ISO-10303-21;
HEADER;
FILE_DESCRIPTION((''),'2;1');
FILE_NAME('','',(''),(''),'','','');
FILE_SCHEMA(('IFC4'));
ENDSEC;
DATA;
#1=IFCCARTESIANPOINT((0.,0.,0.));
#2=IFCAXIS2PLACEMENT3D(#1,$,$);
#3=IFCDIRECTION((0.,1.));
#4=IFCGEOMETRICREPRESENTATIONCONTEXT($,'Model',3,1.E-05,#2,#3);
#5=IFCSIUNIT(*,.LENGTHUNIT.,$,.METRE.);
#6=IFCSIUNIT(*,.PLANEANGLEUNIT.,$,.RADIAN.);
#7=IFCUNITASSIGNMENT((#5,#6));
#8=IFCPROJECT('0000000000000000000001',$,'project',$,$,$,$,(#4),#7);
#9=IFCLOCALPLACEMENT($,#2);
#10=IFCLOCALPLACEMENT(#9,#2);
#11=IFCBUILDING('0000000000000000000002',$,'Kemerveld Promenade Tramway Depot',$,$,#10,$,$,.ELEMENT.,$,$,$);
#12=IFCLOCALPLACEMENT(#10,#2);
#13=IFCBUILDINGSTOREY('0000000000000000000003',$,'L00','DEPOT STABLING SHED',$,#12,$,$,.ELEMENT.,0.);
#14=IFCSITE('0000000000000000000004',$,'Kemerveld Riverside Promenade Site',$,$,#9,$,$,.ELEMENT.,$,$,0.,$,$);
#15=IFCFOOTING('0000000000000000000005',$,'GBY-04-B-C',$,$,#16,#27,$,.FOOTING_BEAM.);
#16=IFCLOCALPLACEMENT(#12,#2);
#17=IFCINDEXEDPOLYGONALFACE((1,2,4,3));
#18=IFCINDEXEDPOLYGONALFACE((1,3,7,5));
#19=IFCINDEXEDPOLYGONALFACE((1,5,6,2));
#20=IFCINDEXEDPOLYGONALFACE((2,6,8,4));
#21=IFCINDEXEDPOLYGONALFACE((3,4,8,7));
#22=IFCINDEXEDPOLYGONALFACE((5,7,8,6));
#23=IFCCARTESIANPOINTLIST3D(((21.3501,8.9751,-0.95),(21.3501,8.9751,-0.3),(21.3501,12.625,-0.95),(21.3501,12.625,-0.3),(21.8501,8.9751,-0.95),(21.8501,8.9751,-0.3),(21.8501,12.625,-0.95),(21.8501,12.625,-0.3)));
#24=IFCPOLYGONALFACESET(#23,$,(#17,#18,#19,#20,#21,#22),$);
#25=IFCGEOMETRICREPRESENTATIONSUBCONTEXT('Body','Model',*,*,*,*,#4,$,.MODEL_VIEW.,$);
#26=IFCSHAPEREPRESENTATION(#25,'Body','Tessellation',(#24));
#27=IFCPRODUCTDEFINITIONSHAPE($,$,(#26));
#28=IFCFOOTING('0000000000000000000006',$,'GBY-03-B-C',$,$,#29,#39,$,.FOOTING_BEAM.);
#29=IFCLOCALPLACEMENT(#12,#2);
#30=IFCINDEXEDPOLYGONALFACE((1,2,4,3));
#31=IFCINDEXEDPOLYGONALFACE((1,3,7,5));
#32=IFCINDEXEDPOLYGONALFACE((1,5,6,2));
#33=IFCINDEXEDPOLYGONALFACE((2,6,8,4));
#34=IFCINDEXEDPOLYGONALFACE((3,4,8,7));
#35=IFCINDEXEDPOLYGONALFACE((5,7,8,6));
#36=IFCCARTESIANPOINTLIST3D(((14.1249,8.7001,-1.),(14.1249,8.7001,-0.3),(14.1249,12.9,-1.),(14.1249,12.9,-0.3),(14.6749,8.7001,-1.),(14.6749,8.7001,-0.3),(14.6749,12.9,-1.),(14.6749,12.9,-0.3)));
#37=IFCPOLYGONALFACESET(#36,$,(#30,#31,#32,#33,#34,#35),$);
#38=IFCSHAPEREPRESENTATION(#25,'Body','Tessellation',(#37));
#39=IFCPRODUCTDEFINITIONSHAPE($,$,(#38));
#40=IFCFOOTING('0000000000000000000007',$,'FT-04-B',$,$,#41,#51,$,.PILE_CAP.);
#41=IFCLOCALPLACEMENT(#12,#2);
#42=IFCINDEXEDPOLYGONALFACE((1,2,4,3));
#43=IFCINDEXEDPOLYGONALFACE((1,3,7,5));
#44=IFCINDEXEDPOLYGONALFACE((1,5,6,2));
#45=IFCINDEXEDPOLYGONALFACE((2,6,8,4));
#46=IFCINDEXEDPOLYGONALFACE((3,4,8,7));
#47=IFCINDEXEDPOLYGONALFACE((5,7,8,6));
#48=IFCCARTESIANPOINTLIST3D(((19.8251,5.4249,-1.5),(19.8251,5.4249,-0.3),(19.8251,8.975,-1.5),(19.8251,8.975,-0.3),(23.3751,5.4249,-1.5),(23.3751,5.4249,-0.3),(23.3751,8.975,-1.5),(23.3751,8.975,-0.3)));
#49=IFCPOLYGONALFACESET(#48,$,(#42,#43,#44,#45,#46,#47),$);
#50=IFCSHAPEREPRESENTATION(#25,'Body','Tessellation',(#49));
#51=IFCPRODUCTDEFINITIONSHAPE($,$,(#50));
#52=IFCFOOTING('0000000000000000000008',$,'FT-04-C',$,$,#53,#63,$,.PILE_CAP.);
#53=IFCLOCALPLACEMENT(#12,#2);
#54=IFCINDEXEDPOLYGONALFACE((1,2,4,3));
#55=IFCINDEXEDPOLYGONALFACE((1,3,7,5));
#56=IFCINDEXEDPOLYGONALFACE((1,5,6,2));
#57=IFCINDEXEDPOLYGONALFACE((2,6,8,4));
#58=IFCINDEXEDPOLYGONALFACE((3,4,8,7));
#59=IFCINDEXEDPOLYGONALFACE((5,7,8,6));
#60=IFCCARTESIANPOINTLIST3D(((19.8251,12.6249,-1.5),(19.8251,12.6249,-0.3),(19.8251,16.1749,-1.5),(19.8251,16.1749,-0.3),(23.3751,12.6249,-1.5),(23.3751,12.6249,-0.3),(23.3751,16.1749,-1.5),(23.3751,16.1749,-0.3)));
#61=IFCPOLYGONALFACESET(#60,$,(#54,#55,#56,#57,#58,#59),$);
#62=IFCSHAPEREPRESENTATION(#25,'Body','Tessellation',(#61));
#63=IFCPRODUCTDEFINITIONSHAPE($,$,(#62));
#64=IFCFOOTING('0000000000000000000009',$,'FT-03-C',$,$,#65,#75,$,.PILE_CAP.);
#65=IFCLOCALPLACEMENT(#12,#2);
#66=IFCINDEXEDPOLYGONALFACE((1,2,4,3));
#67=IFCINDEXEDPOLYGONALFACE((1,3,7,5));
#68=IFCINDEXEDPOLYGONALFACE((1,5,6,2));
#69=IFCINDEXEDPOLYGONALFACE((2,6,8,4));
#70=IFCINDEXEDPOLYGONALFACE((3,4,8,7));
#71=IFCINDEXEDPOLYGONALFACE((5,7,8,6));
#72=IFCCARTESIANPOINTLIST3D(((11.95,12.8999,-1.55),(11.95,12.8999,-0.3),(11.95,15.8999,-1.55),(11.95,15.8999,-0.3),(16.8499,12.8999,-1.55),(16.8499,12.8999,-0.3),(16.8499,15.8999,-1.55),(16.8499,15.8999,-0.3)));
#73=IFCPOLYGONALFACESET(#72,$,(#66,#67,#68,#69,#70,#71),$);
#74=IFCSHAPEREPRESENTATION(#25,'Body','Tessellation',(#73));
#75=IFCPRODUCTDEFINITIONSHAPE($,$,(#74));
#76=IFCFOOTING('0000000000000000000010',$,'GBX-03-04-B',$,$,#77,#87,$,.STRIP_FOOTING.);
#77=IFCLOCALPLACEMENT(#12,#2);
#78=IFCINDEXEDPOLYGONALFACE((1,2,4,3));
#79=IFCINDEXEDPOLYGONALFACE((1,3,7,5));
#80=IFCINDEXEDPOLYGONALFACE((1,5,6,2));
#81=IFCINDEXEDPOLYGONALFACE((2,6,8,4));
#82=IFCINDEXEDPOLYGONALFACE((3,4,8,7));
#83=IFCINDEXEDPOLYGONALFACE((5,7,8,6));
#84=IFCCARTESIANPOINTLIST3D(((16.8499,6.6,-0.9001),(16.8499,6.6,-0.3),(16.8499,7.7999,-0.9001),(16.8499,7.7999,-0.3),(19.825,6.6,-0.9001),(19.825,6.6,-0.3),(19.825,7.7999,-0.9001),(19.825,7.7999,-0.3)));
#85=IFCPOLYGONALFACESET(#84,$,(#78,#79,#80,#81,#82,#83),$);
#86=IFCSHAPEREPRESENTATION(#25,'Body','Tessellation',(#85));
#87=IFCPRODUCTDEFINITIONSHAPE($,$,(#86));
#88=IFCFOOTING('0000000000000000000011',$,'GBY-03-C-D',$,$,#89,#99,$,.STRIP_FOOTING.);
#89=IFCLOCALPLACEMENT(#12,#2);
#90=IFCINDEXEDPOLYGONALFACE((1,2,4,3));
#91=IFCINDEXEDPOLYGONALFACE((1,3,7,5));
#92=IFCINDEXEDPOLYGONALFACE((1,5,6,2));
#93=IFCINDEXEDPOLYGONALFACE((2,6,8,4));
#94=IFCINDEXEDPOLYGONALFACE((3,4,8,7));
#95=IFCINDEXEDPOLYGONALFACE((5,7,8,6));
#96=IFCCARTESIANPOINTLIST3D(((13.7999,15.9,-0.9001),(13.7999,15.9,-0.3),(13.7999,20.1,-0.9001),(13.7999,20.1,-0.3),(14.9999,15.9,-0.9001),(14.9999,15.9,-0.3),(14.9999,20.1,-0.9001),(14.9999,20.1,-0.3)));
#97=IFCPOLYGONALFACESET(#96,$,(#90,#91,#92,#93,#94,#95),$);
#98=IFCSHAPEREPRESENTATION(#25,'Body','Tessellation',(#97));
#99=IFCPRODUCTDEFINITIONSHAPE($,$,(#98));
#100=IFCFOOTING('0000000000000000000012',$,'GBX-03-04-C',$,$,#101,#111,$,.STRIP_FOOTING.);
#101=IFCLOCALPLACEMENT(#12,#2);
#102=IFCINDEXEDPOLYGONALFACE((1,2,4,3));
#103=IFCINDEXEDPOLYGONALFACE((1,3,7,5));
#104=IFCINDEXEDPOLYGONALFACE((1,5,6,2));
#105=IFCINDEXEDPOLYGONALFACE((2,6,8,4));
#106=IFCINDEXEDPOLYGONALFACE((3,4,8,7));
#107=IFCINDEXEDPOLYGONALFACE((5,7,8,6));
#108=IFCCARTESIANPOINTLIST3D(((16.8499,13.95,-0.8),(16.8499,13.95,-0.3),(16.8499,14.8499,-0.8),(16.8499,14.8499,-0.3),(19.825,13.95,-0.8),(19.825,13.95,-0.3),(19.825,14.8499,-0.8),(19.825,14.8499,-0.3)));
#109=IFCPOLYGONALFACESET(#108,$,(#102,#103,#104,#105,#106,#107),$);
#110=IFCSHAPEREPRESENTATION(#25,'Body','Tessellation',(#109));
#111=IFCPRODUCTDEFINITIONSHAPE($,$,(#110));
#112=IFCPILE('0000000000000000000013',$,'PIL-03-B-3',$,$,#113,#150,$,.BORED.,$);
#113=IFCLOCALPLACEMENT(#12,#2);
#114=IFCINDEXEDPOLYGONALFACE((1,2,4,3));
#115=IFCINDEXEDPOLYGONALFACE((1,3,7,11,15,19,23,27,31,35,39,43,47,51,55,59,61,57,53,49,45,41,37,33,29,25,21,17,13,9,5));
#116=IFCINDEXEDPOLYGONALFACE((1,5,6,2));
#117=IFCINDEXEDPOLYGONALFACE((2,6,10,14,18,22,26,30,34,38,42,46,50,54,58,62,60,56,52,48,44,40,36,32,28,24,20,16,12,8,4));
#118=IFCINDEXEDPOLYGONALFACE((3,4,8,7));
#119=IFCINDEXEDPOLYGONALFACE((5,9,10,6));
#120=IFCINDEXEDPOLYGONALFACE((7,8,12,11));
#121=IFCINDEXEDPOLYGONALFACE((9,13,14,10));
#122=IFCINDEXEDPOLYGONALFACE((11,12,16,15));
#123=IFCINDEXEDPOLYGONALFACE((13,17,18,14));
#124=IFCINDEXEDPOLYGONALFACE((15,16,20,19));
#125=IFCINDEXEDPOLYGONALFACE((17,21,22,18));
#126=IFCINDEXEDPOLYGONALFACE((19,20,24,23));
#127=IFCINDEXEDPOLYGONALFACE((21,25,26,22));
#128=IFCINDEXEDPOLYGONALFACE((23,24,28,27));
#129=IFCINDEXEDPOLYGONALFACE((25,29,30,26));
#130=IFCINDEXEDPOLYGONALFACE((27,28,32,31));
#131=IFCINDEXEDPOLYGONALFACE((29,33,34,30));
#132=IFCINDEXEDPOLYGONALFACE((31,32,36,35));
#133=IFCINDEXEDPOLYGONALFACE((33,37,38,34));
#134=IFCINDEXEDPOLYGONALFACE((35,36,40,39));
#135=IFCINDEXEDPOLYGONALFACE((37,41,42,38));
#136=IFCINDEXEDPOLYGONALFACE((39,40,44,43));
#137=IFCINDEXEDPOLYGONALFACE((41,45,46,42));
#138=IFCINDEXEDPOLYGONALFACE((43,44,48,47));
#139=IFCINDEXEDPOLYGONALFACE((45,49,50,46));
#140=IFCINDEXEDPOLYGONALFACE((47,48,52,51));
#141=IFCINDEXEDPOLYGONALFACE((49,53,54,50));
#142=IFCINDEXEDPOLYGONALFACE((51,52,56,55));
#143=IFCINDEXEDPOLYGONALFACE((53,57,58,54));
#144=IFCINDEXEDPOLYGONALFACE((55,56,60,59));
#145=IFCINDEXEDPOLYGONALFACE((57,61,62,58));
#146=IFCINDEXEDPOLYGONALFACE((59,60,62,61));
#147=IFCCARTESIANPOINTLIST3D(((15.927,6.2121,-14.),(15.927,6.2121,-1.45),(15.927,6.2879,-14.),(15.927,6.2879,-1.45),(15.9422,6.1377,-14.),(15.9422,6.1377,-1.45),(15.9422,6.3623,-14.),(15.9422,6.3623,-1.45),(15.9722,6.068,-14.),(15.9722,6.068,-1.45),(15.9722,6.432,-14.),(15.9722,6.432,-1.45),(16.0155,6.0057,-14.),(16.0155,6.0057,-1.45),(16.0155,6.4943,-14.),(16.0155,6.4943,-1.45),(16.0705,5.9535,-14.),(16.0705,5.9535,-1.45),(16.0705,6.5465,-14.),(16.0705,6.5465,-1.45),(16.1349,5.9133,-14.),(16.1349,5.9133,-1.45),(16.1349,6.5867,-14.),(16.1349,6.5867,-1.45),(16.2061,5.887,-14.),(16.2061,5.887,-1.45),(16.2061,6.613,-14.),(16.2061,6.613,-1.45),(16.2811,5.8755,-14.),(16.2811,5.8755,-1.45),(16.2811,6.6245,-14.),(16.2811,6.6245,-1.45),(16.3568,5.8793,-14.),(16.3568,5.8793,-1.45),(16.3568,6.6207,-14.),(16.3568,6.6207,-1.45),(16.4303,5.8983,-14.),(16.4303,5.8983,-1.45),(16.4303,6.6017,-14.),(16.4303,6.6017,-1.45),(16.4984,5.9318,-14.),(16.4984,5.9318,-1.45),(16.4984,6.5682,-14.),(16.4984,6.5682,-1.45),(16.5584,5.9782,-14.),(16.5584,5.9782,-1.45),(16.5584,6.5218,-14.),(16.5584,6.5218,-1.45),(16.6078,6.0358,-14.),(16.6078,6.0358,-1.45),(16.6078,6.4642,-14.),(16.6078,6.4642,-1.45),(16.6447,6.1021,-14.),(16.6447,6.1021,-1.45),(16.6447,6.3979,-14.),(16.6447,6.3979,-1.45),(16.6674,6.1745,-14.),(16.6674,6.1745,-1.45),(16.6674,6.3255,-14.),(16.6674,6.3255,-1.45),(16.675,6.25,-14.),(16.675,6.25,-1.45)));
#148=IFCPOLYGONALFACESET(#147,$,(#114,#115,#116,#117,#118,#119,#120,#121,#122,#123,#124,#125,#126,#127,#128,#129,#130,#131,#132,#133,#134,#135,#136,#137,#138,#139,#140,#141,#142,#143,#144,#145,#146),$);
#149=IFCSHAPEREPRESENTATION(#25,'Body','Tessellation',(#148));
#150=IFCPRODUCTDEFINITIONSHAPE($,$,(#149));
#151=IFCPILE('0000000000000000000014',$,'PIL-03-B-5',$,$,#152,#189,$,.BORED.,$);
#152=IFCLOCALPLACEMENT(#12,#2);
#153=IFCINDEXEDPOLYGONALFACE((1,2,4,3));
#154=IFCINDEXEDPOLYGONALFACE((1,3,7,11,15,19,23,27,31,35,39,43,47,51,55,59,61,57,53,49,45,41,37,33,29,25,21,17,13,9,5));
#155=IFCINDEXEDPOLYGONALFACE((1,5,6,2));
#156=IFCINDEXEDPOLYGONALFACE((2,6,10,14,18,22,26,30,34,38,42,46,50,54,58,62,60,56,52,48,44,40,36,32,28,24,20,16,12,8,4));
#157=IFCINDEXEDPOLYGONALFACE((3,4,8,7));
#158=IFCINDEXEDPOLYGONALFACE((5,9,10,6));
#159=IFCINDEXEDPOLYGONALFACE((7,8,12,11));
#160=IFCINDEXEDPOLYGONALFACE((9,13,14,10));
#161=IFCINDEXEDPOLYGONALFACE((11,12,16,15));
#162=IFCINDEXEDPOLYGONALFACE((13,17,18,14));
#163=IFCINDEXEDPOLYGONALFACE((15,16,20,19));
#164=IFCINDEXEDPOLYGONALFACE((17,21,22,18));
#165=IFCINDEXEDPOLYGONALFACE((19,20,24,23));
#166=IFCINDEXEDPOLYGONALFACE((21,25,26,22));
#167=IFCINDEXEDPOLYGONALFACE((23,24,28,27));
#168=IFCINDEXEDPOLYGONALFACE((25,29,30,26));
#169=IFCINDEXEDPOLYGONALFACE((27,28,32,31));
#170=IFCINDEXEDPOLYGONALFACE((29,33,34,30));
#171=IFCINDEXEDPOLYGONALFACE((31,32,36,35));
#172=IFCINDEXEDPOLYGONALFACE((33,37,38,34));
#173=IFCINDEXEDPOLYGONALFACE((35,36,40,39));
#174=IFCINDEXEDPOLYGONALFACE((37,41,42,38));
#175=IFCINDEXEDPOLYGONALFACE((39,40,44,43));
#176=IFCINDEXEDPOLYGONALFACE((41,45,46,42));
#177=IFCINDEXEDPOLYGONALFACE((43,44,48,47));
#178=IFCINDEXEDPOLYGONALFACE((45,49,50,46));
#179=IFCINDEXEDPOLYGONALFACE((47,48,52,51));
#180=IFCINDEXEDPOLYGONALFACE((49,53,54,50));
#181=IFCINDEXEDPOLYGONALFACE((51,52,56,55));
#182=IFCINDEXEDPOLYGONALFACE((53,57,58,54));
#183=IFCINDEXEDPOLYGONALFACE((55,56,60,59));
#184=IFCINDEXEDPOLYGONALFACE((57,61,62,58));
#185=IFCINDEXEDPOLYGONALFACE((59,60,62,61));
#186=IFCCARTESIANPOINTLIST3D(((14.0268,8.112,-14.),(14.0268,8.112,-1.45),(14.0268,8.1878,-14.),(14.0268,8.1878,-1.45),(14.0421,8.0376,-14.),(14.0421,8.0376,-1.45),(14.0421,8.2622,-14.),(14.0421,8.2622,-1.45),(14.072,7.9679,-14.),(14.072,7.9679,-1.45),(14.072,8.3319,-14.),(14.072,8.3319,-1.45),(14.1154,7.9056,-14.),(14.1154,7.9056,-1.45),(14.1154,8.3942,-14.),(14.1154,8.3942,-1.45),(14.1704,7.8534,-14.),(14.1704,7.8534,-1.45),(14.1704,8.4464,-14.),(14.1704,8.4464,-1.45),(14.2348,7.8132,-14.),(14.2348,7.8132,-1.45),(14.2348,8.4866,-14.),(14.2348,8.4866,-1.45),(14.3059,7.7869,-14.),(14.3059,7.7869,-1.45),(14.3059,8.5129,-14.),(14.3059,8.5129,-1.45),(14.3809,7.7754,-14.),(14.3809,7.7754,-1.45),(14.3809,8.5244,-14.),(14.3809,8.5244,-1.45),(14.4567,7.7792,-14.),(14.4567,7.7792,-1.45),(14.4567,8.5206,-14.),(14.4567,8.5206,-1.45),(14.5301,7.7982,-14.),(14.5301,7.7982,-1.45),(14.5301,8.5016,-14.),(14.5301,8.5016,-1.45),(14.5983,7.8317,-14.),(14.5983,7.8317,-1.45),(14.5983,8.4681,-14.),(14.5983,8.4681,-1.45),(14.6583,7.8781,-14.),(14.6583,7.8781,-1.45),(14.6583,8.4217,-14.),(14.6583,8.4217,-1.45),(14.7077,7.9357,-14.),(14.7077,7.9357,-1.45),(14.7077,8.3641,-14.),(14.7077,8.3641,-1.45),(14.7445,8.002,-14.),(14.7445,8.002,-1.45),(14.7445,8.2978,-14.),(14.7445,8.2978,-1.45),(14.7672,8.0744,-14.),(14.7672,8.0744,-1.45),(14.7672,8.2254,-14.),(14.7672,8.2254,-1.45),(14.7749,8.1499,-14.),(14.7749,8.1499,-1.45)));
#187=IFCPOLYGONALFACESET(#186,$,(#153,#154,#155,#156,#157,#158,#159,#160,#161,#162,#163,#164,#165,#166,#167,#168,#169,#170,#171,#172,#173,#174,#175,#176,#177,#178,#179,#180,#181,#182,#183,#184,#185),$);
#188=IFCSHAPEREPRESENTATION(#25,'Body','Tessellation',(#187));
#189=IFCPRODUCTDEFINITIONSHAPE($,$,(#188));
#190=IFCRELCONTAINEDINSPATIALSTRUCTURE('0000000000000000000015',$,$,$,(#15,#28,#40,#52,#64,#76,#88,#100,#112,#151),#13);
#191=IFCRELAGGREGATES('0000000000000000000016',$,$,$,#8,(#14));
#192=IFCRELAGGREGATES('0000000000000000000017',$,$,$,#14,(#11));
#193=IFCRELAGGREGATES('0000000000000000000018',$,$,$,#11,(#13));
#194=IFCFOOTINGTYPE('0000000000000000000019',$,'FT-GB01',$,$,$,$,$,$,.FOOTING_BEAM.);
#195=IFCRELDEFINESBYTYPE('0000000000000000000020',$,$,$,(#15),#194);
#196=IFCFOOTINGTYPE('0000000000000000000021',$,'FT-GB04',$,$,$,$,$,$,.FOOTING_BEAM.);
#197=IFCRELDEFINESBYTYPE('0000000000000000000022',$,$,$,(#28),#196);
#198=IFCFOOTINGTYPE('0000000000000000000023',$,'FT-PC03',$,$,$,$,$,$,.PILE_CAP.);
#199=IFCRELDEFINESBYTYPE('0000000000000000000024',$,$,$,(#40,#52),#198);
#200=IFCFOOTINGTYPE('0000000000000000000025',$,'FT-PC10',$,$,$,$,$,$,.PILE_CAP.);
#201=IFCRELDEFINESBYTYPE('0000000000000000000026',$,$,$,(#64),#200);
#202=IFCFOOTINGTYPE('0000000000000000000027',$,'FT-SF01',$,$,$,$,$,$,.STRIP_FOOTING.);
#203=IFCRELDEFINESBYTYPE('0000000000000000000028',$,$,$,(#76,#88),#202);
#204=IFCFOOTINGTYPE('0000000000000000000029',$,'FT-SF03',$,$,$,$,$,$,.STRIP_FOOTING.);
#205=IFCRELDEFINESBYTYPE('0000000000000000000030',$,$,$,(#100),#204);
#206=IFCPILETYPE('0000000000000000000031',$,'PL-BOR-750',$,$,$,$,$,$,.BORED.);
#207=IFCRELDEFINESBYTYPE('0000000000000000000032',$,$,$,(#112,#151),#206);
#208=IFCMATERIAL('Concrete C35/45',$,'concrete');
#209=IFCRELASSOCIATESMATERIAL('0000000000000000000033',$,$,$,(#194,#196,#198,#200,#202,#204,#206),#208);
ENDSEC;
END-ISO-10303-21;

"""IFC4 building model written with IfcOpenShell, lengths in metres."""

from ifc_helpers import new_model, si_unit, direction, frame, origin, origin_2d, place, context, subcontext, project, spatial, rectangle, circle, extrude, material, material_profile, profile_set, type_object, element, save


model = new_model("IFC4")

# Units and contexts
model_context = context("Model", 3, precision=1e-05, world=origin(), true_north=direction((0.0, 1.0)))
body_context = subcontext(model_context, "Body", "Model", "MODEL_VIEW")
ifc_project = project(units=[si_unit("LENGTHUNIT", "METRE"), si_unit("PLANEANGLEUNIT", "RADIAN")], contexts=[model_context])

# Site, building, storey
site_placement = place(None, origin())
site = spatial("IfcSite", under=ifc_project, at=site_placement, Name="Kemerveld Riverside Promenade Site", CompositionType="ELEMENT", RefElevation=0.0)
building_placement = place(site_placement, origin())
building = spatial("IfcBuilding", under=site, at=building_placement, Name="Kemerveld Promenade Tramway Depot", CompositionType="ELEMENT")
storey_placement = place(building_placement, origin())
storey = spatial("IfcBuildingStorey", under=building, at=storey_placement, Name="L00", Description="DEPOT STABLING SHED", CompositionType="ELEMENT", Elevation=0.0)

# Footings
ifc_material_1 = material(Name="Concrete C35/45", Category="concrete")
footing_type_1 = type_object("IfcFootingType", Name="FT-GB01", PredefinedType="FOOTING_BEAM", material=ifc_material_1)
footing_1_placement = place(storey_placement, frame((21.6001, 10.8, -0.95), z_axis=(0.0, 0.0, 1.0), x_axis=(0.0, 1.0, 0.0)))
element("IfcFooting", 1, at=footing_1_placement, inside=storey, type_object=footing_type_1, Name="GBY-04-B-C", PredefinedType="FOOTING_BEAM", context=body_context, shape_type="SweptSolid", body=[
    extrude(rectangle(XDim=3.6499, YDim=0.5, at=origin_2d()), origin(), (0.0, 0.0, 1.0), 0.6499),
])
footing_type_2 = type_object("IfcFootingType", Name="FT-GB04", PredefinedType="FOOTING_BEAM", material=ifc_material_1)
footing_2_placement = place(storey_placement, frame((14.3999, 10.8, -1.0), z_axis=(0.0, 0.0, 1.0), x_axis=(0.0, 1.0, 0.0)))
element("IfcFooting", 2, at=footing_2_placement, inside=storey, type_object=footing_type_2, Name="GBY-03-B-C", PredefinedType="FOOTING_BEAM", context=body_context, shape_type="SweptSolid", body=[
    extrude(rectangle(XDim=4.2, YDim=0.55, at=origin_2d()), origin(), (0.0, 0.0, 1.0), 0.7),
])
footing_type_3 = type_object("IfcFootingType", Name="FT-PC03", PredefinedType="PILE_CAP", material=ifc_material_1)
for number, where, z_axis, x_axis, name in (
    (3, (21.6001, 7.2, -1.5), (0.0, 0.0, 1.0), (1.0, 0.0, 0.0), "FT-04-B"),
    (4, (21.6001, 14.3999, -1.5), (0.0, 0.0, 1.0), (1.0, 0.0, 0.0), "FT-04-C"),
):
    element("IfcFooting", number, at=place(storey_placement, frame(where, z_axis=z_axis, x_axis=x_axis)), inside=storey, type_object=footing_type_3, Name=name, PredefinedType="PILE_CAP", context=body_context, shape_type="SweptSolid", body=[
        extrude(rectangle(XDim=3.55, YDim=3.55, at=origin_2d()), origin(), (0.0, 0.0, 1.0), 1.2),
    ])
footing_type_4 = type_object("IfcFootingType", Name="FT-PC10", PredefinedType="PILE_CAP", material=ifc_material_1)
footing_3_placement = place(storey_placement, frame((14.3999, 14.3999, -1.55), z_axis=(0.0, 0.0, 1.0), x_axis=(1.0, 0.0, 0.0)))
element("IfcFooting", 5, at=footing_3_placement, inside=storey, type_object=footing_type_4, Name="FT-03-C", PredefinedType="PILE_CAP", context=body_context, shape_type="SweptSolid", body=[
    extrude(rectangle(XDim=4.8999, YDim=3.0, at=origin_2d()), origin(), (0.0, 0.0, 1.0), 1.25),
])
footing_type_5 = type_object("IfcFootingType", Name="FT-SF01", PredefinedType="STRIP_FOOTING", material=ifc_material_1)
footing_4_placement = place(storey_placement, frame((18.3374, 7.2, -0.9001), z_axis=(0.0, 0.0, 1.0), x_axis=(1.0, 0.0, 0.0)))
element("IfcFooting", 6, at=footing_4_placement, inside=storey, type_object=footing_type_5, Name="GBX-03-04-B", PredefinedType="STRIP_FOOTING", context=body_context, shape_type="SweptSolid", body=[
    extrude(rectangle(XDim=2.9751, YDim=1.2, at=origin_2d()), origin(), (0.0, 0.0, 1.0), 0.6001),
])
footing_5_placement = place(storey_placement, frame((14.3999, 18.0, -0.9001), z_axis=(0.0, 0.0, 1.0), x_axis=(0.0, 1.0, 0.0)))
element("IfcFooting", 7, at=footing_5_placement, inside=storey, type_object=footing_type_5, Name="GBY-03-C-D", PredefinedType="STRIP_FOOTING", context=body_context, shape_type="SweptSolid", body=[
    extrude(rectangle(XDim=4.2, YDim=1.2, at=origin_2d()), origin(), (0.0, 0.0, 1.0), 0.6001),
])
footing_type_6 = type_object("IfcFootingType", Name="FT-SF03", PredefinedType="STRIP_FOOTING", material=ifc_material_1)
footing_6_placement = place(storey_placement, frame((18.3374, 14.3999, -0.8), z_axis=(0.0, 0.0, 1.0), x_axis=(1.0, 0.0, 0.0)))
element("IfcFooting", 8, at=footing_6_placement, inside=storey, type_object=footing_type_6, Name="GBX-03-04-C", PredefinedType="STRIP_FOOTING", context=body_context, shape_type="SweptSolid", body=[
    extrude(rectangle(XDim=2.9751, YDim=0.8999, at=origin_2d()), origin(), (0.0, 0.0, 1.0), 0.5),
])

# Piles
ifc_material_profile_1 = material_profile(ifc_material_1, circle(Radius=0.375, at=origin_2d()), Name="PILE-D750")
ifc_profile_set_1 = profile_set([ifc_material_profile_1], Name="Concrete C35/45")
pile_type_1 = type_object("IfcPileType", Name="PL-BOR-750", PredefinedType="BORED", material=ifc_profile_set_1)
for number, where, z_axis, x_axis, name in (
    (9, (16.3, 6.25, -1.45), (0.0, 0.0, -1.0), (1.0, 0.0, 0.0), "PIL-03-B-3"),
    (10, (14.3999, 8.1499, -1.45), (0.0, 0.0, -1.0), (1.0, 0.0, 0.0), "PIL-03-B-5"),
):
    element("IfcPile", number, at=place(storey_placement, frame(where, z_axis=z_axis, x_axis=x_axis)), inside=storey, type_object=pile_type_1, Name=name, PredefinedType="BORED", context=body_context, shape_type="SweptSolid", body=[
        extrude(circle(Radius=0.375, at=origin_2d()), origin(), (0.0, 0.0, 1.0), 12.55),
    ])

save(model, "model.ifc")
